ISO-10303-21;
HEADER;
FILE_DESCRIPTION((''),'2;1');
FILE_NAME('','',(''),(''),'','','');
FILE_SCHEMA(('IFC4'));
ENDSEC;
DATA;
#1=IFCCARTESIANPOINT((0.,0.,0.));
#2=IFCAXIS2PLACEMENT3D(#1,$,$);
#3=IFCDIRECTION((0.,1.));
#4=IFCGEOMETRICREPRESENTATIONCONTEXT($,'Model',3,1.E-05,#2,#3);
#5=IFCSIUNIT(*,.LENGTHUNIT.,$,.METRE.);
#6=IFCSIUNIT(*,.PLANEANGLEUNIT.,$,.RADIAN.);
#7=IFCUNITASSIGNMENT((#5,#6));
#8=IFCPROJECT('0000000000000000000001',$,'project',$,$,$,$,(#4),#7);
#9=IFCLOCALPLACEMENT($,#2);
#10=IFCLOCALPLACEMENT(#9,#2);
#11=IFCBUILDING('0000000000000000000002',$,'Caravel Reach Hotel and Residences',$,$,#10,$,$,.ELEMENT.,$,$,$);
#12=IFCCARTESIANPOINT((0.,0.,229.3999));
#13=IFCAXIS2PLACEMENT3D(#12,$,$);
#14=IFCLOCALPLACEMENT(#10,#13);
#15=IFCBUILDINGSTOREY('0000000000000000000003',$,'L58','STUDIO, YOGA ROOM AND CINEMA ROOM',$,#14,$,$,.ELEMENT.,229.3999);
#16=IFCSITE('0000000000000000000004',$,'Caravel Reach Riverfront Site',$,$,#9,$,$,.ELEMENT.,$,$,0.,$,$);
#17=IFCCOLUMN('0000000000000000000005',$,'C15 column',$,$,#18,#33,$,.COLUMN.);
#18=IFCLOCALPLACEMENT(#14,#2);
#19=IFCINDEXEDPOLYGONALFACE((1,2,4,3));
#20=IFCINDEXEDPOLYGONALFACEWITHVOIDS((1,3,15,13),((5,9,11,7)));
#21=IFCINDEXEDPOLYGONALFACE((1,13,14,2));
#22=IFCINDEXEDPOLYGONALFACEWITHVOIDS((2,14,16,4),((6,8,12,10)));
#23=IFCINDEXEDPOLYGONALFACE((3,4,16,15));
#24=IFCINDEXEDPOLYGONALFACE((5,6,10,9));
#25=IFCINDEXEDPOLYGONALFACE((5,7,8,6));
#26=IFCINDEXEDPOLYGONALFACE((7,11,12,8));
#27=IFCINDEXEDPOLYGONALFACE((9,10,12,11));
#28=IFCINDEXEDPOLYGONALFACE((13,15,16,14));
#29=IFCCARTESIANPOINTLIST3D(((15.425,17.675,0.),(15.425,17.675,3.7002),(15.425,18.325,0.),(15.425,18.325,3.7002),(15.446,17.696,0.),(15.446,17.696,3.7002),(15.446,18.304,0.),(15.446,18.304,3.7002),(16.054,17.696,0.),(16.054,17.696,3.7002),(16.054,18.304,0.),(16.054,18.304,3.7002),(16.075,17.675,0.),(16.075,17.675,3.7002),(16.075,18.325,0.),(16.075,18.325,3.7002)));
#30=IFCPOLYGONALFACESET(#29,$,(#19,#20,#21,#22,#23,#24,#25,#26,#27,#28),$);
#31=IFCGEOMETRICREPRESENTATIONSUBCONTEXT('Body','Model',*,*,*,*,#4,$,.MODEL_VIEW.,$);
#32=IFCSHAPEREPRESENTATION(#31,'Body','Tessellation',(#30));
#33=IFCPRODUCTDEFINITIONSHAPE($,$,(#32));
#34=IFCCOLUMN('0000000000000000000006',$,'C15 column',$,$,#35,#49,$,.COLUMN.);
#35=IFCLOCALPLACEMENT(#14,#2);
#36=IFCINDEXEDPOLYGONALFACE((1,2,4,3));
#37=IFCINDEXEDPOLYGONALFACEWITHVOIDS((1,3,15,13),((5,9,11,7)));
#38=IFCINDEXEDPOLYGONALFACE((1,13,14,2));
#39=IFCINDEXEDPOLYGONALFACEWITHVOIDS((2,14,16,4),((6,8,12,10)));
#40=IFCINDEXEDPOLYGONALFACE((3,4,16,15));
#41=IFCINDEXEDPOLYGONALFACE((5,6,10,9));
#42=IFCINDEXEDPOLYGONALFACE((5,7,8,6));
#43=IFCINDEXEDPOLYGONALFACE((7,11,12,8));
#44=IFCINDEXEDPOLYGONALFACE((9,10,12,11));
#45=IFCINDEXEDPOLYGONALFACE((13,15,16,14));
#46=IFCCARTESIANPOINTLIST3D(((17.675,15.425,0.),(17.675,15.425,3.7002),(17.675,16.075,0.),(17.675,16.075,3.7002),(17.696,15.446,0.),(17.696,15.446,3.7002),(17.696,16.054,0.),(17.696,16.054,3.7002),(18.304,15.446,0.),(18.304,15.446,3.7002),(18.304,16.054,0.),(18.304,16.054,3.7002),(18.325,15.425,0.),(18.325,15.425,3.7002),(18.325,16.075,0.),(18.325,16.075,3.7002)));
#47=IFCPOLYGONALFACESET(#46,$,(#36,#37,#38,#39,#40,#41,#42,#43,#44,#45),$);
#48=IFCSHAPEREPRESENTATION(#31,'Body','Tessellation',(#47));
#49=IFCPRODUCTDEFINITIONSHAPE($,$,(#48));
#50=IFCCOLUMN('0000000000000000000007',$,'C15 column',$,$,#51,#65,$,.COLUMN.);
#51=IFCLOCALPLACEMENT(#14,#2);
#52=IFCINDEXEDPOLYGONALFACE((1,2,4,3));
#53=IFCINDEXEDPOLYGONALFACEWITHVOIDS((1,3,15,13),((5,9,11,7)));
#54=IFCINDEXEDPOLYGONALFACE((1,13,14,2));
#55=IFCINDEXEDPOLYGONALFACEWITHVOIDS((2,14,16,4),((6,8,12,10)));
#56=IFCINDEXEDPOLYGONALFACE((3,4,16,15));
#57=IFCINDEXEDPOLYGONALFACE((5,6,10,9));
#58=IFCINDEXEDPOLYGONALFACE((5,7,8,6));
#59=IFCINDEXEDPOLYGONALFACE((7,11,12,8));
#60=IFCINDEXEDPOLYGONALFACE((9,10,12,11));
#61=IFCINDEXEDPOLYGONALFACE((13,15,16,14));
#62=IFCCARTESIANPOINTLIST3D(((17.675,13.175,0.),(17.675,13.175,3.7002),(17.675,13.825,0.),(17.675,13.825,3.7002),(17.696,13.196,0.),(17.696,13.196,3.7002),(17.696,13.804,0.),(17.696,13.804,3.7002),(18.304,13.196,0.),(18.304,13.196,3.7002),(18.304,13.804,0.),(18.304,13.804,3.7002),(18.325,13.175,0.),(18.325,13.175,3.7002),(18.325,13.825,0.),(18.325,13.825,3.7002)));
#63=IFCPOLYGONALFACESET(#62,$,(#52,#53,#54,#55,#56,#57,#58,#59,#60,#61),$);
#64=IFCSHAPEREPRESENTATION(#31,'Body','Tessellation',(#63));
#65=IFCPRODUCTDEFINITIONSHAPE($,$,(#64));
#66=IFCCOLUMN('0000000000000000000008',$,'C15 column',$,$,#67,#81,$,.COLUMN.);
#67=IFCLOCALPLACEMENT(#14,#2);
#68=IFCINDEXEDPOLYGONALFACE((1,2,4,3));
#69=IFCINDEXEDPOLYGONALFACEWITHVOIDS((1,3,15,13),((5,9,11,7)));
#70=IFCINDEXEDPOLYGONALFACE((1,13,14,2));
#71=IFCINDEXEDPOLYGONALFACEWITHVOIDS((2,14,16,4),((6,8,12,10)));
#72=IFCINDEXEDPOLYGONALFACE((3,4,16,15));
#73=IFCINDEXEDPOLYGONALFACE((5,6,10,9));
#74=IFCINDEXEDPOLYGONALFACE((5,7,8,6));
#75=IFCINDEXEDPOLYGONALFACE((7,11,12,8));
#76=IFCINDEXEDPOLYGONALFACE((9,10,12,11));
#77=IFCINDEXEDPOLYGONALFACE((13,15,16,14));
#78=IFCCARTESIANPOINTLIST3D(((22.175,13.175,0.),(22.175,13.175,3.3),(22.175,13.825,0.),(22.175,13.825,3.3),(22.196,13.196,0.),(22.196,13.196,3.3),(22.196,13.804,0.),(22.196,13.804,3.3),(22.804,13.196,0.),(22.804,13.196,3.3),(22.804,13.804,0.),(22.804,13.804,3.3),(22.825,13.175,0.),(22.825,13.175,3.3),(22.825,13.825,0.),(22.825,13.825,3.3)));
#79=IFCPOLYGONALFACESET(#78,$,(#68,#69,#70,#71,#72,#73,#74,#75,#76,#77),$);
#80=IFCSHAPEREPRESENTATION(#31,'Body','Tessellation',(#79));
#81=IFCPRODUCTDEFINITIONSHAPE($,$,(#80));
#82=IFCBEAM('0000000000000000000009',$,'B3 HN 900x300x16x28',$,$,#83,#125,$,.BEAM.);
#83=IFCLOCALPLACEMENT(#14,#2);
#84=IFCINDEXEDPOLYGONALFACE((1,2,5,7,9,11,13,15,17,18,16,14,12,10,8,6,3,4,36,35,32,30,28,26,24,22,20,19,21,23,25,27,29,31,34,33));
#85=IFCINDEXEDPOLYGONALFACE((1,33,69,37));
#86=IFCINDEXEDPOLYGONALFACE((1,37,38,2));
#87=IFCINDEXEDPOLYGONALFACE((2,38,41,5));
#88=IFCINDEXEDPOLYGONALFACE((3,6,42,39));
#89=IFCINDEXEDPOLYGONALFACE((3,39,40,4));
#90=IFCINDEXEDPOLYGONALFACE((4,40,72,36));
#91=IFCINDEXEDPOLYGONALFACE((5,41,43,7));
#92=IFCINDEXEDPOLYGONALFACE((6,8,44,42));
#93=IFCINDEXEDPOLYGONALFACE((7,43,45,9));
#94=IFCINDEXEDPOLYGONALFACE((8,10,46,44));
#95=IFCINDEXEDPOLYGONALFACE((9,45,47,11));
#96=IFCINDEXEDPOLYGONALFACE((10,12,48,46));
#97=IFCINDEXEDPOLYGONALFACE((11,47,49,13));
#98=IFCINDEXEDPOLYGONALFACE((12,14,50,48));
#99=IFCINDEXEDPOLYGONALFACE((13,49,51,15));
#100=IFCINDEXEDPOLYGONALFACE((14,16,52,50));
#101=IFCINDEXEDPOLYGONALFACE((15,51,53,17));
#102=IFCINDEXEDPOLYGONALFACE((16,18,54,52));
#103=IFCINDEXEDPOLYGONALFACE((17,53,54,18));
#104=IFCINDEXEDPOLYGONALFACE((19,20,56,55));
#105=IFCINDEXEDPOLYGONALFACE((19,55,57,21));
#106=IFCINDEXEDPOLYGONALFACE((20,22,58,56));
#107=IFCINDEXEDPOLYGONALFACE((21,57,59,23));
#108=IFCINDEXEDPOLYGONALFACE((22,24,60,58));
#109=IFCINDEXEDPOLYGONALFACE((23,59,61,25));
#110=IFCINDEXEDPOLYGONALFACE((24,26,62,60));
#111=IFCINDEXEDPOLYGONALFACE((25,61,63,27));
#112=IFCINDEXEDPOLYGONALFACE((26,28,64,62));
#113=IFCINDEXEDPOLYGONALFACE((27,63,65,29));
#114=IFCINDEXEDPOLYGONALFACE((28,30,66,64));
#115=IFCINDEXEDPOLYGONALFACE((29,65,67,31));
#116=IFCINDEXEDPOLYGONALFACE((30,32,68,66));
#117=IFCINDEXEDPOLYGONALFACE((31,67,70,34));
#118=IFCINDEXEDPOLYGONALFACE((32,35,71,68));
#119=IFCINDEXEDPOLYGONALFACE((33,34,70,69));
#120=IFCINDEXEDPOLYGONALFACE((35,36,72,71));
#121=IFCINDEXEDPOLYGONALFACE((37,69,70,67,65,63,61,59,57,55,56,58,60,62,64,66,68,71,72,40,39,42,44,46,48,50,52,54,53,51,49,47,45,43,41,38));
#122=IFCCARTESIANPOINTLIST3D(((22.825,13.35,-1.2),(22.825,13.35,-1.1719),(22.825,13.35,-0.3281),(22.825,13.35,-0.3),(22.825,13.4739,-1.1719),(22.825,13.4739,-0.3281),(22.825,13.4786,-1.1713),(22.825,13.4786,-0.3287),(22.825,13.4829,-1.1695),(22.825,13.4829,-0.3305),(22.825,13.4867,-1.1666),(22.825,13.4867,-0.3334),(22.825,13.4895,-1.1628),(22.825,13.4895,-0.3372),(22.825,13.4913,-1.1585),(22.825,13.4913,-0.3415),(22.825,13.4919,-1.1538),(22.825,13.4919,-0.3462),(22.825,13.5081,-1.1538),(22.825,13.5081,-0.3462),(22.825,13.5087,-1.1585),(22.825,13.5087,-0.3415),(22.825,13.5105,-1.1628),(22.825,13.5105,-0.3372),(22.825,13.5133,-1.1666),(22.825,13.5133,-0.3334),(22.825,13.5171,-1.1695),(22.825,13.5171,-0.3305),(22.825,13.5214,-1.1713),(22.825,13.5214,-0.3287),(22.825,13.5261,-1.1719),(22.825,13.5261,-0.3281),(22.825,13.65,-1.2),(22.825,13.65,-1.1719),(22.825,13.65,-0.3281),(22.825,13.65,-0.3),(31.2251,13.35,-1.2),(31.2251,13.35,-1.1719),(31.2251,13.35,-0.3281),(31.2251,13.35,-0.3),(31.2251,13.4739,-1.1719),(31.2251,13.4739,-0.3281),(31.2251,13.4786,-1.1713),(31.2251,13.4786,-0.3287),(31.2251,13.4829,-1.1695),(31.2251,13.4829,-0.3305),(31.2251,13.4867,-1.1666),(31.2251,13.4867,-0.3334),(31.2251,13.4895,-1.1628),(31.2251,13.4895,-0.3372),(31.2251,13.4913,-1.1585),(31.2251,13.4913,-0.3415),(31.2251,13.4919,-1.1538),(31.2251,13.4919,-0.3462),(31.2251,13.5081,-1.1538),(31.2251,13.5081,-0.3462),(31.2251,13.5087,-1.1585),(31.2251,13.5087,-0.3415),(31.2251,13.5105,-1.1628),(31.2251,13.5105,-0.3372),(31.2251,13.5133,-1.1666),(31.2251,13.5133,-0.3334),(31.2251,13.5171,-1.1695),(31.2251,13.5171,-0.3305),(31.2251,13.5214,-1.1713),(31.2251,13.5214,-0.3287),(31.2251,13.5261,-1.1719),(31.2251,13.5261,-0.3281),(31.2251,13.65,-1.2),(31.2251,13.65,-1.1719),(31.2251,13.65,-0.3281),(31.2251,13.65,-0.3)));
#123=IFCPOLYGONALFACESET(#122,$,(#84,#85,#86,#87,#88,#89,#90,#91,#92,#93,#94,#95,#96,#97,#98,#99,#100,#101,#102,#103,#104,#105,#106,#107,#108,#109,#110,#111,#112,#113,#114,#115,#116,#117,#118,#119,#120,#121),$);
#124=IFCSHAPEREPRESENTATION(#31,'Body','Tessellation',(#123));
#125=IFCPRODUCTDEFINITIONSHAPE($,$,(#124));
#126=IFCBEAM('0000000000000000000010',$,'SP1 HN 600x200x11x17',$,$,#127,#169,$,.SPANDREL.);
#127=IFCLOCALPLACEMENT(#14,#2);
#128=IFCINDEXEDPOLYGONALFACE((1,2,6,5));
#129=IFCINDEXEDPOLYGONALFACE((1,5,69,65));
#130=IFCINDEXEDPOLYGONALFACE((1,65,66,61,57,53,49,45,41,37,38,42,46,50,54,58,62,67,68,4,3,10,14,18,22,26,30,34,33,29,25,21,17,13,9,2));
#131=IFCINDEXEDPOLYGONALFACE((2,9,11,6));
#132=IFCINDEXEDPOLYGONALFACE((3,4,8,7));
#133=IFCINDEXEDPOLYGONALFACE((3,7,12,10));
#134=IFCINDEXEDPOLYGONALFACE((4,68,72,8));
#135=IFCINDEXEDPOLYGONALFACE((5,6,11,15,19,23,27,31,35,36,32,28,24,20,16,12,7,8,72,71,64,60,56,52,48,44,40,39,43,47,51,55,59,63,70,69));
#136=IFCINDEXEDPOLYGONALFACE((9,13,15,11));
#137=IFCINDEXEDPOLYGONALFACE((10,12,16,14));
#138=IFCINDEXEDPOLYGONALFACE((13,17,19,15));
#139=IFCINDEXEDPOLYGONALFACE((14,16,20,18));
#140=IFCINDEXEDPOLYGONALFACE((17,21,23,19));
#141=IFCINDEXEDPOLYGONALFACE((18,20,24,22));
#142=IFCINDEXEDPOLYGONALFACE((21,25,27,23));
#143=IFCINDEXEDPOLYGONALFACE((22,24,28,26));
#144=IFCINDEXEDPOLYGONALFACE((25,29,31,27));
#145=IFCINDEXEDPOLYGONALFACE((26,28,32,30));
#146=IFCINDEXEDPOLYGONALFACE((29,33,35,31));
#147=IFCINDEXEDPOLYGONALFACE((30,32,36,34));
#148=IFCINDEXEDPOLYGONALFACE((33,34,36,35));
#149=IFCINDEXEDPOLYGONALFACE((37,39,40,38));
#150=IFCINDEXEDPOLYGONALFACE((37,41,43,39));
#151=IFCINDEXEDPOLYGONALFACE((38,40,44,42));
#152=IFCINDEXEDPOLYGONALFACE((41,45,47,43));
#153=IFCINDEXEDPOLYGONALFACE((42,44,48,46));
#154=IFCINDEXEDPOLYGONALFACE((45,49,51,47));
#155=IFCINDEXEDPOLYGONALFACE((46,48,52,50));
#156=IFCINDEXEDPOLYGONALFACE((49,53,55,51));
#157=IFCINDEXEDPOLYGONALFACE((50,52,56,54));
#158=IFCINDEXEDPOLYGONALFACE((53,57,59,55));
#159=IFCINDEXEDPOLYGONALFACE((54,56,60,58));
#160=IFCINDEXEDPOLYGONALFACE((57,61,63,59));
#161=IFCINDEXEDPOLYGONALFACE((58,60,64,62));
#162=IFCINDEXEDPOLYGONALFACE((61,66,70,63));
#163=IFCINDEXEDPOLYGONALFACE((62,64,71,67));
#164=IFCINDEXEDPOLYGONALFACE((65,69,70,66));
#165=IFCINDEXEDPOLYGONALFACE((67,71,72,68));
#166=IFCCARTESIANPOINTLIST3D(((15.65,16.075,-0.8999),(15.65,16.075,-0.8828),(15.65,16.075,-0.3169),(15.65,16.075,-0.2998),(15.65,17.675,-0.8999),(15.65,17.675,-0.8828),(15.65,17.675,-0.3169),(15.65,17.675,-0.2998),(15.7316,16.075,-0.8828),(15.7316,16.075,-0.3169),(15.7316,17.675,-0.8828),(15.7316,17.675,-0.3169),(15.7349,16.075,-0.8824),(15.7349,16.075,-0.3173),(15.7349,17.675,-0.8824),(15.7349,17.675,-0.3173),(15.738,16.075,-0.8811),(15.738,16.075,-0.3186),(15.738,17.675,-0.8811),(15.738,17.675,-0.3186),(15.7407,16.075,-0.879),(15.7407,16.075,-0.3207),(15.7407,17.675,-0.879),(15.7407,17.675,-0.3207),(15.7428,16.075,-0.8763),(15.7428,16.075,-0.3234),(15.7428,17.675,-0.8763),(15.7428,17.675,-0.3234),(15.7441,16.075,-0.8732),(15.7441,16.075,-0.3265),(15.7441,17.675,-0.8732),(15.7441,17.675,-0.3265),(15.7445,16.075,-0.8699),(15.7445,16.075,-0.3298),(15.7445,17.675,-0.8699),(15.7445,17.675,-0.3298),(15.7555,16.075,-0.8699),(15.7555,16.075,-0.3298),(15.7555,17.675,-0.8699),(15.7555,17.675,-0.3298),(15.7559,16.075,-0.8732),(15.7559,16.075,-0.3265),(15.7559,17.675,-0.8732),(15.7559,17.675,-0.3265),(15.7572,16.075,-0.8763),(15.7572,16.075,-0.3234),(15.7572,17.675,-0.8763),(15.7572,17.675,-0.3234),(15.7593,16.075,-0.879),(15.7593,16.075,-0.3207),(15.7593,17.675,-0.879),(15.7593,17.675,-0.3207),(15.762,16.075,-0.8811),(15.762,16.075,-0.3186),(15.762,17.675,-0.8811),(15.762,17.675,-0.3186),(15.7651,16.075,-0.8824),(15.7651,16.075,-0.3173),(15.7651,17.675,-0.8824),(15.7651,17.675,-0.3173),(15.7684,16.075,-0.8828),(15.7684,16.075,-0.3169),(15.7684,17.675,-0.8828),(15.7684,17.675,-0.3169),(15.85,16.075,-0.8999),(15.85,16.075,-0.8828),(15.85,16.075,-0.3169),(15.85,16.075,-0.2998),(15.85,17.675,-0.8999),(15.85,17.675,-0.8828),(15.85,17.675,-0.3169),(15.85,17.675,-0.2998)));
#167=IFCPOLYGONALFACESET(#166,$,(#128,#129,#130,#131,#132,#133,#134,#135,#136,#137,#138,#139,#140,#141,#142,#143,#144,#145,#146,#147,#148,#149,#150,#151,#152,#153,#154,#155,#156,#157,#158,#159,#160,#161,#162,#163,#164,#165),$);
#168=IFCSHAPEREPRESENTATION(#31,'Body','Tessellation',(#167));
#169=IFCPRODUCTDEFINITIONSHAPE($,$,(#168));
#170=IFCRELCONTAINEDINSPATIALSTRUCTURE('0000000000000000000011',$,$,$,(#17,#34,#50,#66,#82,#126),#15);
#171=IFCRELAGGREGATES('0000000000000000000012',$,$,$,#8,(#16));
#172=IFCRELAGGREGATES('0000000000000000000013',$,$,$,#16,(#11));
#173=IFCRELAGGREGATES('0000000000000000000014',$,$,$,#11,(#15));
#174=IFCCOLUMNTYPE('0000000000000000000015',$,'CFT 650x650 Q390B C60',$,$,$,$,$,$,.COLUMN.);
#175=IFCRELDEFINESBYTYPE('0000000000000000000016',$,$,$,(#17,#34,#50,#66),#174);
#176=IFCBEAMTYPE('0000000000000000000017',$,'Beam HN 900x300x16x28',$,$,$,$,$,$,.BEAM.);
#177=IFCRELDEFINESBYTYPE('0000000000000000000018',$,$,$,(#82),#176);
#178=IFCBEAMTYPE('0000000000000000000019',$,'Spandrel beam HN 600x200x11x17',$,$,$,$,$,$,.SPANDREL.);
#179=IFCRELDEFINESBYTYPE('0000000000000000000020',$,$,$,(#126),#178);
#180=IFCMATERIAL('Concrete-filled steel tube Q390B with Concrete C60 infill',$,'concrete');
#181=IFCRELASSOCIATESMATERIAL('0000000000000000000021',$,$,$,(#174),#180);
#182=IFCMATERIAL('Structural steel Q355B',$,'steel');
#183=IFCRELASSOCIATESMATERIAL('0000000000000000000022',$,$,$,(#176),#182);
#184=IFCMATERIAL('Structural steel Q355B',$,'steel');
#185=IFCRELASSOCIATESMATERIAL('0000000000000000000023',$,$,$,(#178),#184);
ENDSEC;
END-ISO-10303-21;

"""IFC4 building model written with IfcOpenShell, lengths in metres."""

from ifc_helpers import new_model, si_unit, direction, frame, origin, origin_2d, place, context, subcontext, project, spatial, hollow_rectangle, i_section, extrude, material, material_profile, profile_set, type_object, element, save


model = new_model("IFC4")

# Units and contexts
model_context = context("Model", 3, precision=1e-05, world=origin(), true_north=direction((0.0, 1.0)))
body_context = subcontext(model_context, "Body", "Model", "MODEL_VIEW")
ifc_project = project(units=[si_unit("LENGTHUNIT", "METRE"), si_unit("PLANEANGLEUNIT", "RADIAN")], contexts=[model_context])

# Site, building, storey
site_placement = place(None, origin())
site = spatial("IfcSite", under=ifc_project, at=site_placement, Name="Caravel Reach Riverfront Site", CompositionType="ELEMENT", RefElevation=0.0)
building_placement = place(site_placement, origin())
building = spatial("IfcBuilding", under=site, at=building_placement, Name="Caravel Reach Hotel and Residences", CompositionType="ELEMENT")
storey_placement = place(building_placement, frame((0.0, 0.0, 229.3999)))
storey = spatial("IfcBuildingStorey", under=building, at=storey_placement, Name="L58", Description="STUDIO, YOGA ROOM AND CINEMA ROOM", CompositionType="ELEMENT", Elevation=229.3999)

# Columns
ifc_material_1 = material(Name="Concrete-filled steel tube Q390B with Concrete C60 infill", Category="concrete")
ifc_material_profile_1 = material_profile(ifc_material_1, hollow_rectangle(XDim=0.6499, YDim=0.6499, WallThickness=0.021, at=origin_2d()), Name="RHS 650x650x21")
ifc_profile_set_1 = profile_set([ifc_material_profile_1], Name="Concrete-filled steel tube Q390B with Concrete C60 infill")
column_type = type_object("IfcColumnType", Name="CFT 650x650 Q390B C60", PredefinedType="COLUMN", material=ifc_profile_set_1)
for number, where, z_axis, x_axis, name in (
    (1, (15.75, 18.0, 0.0), (0.0, 0.0, 1.0), (1.0, 0.0, 0.0), "C15 column"),
    (2, (18.0, 15.75, 0.0), (0.0, 0.0, 1.0), (1.0, 0.0, 0.0), "C15 column"),
    (3, (18.0, 13.5, 0.0), (0.0, 0.0, 1.0), (1.0, 0.0, 0.0), "C15 column"),
):
    element("IfcColumn", number, at=place(storey_placement, frame(where, z_axis=z_axis, x_axis=x_axis)), inside=storey, type_object=column_type, Name=name, PredefinedType="COLUMN", context=body_context, shape_type="SweptSolid", body=[
        extrude(hollow_rectangle(XDim=0.6499, YDim=0.6499, WallThickness=0.021, at=origin_2d()), origin(), (0.0, 0.0, 1.0), 3.7002),
    ])
column_placement = place(storey_placement, frame((22.5, 13.5, 0.0), z_axis=(0.0, 0.0, 1.0), x_axis=(1.0, 0.0, 0.0)))
element("IfcColumn", 4, at=column_placement, inside=storey, type_object=column_type, Name="C15 column", PredefinedType="COLUMN", context=body_context, shape_type="SweptSolid", body=[
    extrude(hollow_rectangle(XDim=0.6499, YDim=0.6499, WallThickness=0.021, at=origin_2d()), origin(), (0.0, 0.0, 1.0), 3.3),
])

# Beams
ifc_material_2 = material(Name="Structural steel Q355B", Category="steel")
ifc_material_profile_2 = material_profile(ifc_material_2, i_section(OverallWidth=0.3, OverallDepth=0.8999, WebThickness=0.0161, FlangeThickness=0.0281, FilletRadius=0.0181, at=origin_2d()), Name="HN 900x300x16x28")
ifc_profile_set_2 = profile_set([ifc_material_profile_2], Name="Structural steel Q355B")
beam_type_1 = type_object("IfcBeamType", Name="Beam HN 900x300x16x28", PredefinedType="BEAM", material=ifc_profile_set_2)
beam_1_placement = place(storey_placement, frame((22.825, 13.5, -0.75), z_axis=(1.0, 0.0, 0.0), x_axis=(0.0, 1.0, 0.0)))
element("IfcBeam", 5, at=beam_1_placement, inside=storey, type_object=beam_type_1, Name="B3 HN 900x300x16x28", PredefinedType="BEAM", context=body_context, shape_type="SweptSolid", body=[
    extrude(i_section(OverallWidth=0.3, OverallDepth=0.8999, WebThickness=0.0161, FlangeThickness=0.0281, FilletRadius=0.0181, at=origin_2d()), origin(), (0.0, 0.0, 1.0), 8.4001),
])
ifc_material_3 = material(Name="Structural steel Q355B", Category="steel")
ifc_material_profile_3 = material_profile(ifc_material_3, i_section(OverallWidth=0.2, OverallDepth=0.6001, WebThickness=0.011, FlangeThickness=0.0171, FilletRadius=0.0129, at=origin_2d()), Name="HN 600x200x11x17")
ifc_profile_set_3 = profile_set([ifc_material_profile_3], Name="Structural steel Q355B")
beam_type_2 = type_object("IfcBeamType", Name="Spandrel beam HN 600x200x11x17", PredefinedType="SPANDREL", material=ifc_profile_set_3)
for number, where, z_axis, x_axis, name in (
    (6, (15.75, 17.675, -0.5999), (0.0, -1.0, 0.0), (1.0, 0.0, 0.0), "SP1 HN 600x200x11x17"),
):
    element("IfcBeam", number, at=place(storey_placement, frame(where, z_axis=z_axis, x_axis=x_axis)), inside=storey, type_object=beam_type_2, Name=name, PredefinedType="SPANDREL", context=body_context, shape_type="SweptSolid", body=[
        extrude(i_section(OverallWidth=0.2, OverallDepth=0.6001, WebThickness=0.011, FlangeThickness=0.0171, FilletRadius=0.0129, at=origin_2d()), origin(), (0.0, 0.0, 1.0), 1.6001),
    ])

save(model, "model.ifc")
